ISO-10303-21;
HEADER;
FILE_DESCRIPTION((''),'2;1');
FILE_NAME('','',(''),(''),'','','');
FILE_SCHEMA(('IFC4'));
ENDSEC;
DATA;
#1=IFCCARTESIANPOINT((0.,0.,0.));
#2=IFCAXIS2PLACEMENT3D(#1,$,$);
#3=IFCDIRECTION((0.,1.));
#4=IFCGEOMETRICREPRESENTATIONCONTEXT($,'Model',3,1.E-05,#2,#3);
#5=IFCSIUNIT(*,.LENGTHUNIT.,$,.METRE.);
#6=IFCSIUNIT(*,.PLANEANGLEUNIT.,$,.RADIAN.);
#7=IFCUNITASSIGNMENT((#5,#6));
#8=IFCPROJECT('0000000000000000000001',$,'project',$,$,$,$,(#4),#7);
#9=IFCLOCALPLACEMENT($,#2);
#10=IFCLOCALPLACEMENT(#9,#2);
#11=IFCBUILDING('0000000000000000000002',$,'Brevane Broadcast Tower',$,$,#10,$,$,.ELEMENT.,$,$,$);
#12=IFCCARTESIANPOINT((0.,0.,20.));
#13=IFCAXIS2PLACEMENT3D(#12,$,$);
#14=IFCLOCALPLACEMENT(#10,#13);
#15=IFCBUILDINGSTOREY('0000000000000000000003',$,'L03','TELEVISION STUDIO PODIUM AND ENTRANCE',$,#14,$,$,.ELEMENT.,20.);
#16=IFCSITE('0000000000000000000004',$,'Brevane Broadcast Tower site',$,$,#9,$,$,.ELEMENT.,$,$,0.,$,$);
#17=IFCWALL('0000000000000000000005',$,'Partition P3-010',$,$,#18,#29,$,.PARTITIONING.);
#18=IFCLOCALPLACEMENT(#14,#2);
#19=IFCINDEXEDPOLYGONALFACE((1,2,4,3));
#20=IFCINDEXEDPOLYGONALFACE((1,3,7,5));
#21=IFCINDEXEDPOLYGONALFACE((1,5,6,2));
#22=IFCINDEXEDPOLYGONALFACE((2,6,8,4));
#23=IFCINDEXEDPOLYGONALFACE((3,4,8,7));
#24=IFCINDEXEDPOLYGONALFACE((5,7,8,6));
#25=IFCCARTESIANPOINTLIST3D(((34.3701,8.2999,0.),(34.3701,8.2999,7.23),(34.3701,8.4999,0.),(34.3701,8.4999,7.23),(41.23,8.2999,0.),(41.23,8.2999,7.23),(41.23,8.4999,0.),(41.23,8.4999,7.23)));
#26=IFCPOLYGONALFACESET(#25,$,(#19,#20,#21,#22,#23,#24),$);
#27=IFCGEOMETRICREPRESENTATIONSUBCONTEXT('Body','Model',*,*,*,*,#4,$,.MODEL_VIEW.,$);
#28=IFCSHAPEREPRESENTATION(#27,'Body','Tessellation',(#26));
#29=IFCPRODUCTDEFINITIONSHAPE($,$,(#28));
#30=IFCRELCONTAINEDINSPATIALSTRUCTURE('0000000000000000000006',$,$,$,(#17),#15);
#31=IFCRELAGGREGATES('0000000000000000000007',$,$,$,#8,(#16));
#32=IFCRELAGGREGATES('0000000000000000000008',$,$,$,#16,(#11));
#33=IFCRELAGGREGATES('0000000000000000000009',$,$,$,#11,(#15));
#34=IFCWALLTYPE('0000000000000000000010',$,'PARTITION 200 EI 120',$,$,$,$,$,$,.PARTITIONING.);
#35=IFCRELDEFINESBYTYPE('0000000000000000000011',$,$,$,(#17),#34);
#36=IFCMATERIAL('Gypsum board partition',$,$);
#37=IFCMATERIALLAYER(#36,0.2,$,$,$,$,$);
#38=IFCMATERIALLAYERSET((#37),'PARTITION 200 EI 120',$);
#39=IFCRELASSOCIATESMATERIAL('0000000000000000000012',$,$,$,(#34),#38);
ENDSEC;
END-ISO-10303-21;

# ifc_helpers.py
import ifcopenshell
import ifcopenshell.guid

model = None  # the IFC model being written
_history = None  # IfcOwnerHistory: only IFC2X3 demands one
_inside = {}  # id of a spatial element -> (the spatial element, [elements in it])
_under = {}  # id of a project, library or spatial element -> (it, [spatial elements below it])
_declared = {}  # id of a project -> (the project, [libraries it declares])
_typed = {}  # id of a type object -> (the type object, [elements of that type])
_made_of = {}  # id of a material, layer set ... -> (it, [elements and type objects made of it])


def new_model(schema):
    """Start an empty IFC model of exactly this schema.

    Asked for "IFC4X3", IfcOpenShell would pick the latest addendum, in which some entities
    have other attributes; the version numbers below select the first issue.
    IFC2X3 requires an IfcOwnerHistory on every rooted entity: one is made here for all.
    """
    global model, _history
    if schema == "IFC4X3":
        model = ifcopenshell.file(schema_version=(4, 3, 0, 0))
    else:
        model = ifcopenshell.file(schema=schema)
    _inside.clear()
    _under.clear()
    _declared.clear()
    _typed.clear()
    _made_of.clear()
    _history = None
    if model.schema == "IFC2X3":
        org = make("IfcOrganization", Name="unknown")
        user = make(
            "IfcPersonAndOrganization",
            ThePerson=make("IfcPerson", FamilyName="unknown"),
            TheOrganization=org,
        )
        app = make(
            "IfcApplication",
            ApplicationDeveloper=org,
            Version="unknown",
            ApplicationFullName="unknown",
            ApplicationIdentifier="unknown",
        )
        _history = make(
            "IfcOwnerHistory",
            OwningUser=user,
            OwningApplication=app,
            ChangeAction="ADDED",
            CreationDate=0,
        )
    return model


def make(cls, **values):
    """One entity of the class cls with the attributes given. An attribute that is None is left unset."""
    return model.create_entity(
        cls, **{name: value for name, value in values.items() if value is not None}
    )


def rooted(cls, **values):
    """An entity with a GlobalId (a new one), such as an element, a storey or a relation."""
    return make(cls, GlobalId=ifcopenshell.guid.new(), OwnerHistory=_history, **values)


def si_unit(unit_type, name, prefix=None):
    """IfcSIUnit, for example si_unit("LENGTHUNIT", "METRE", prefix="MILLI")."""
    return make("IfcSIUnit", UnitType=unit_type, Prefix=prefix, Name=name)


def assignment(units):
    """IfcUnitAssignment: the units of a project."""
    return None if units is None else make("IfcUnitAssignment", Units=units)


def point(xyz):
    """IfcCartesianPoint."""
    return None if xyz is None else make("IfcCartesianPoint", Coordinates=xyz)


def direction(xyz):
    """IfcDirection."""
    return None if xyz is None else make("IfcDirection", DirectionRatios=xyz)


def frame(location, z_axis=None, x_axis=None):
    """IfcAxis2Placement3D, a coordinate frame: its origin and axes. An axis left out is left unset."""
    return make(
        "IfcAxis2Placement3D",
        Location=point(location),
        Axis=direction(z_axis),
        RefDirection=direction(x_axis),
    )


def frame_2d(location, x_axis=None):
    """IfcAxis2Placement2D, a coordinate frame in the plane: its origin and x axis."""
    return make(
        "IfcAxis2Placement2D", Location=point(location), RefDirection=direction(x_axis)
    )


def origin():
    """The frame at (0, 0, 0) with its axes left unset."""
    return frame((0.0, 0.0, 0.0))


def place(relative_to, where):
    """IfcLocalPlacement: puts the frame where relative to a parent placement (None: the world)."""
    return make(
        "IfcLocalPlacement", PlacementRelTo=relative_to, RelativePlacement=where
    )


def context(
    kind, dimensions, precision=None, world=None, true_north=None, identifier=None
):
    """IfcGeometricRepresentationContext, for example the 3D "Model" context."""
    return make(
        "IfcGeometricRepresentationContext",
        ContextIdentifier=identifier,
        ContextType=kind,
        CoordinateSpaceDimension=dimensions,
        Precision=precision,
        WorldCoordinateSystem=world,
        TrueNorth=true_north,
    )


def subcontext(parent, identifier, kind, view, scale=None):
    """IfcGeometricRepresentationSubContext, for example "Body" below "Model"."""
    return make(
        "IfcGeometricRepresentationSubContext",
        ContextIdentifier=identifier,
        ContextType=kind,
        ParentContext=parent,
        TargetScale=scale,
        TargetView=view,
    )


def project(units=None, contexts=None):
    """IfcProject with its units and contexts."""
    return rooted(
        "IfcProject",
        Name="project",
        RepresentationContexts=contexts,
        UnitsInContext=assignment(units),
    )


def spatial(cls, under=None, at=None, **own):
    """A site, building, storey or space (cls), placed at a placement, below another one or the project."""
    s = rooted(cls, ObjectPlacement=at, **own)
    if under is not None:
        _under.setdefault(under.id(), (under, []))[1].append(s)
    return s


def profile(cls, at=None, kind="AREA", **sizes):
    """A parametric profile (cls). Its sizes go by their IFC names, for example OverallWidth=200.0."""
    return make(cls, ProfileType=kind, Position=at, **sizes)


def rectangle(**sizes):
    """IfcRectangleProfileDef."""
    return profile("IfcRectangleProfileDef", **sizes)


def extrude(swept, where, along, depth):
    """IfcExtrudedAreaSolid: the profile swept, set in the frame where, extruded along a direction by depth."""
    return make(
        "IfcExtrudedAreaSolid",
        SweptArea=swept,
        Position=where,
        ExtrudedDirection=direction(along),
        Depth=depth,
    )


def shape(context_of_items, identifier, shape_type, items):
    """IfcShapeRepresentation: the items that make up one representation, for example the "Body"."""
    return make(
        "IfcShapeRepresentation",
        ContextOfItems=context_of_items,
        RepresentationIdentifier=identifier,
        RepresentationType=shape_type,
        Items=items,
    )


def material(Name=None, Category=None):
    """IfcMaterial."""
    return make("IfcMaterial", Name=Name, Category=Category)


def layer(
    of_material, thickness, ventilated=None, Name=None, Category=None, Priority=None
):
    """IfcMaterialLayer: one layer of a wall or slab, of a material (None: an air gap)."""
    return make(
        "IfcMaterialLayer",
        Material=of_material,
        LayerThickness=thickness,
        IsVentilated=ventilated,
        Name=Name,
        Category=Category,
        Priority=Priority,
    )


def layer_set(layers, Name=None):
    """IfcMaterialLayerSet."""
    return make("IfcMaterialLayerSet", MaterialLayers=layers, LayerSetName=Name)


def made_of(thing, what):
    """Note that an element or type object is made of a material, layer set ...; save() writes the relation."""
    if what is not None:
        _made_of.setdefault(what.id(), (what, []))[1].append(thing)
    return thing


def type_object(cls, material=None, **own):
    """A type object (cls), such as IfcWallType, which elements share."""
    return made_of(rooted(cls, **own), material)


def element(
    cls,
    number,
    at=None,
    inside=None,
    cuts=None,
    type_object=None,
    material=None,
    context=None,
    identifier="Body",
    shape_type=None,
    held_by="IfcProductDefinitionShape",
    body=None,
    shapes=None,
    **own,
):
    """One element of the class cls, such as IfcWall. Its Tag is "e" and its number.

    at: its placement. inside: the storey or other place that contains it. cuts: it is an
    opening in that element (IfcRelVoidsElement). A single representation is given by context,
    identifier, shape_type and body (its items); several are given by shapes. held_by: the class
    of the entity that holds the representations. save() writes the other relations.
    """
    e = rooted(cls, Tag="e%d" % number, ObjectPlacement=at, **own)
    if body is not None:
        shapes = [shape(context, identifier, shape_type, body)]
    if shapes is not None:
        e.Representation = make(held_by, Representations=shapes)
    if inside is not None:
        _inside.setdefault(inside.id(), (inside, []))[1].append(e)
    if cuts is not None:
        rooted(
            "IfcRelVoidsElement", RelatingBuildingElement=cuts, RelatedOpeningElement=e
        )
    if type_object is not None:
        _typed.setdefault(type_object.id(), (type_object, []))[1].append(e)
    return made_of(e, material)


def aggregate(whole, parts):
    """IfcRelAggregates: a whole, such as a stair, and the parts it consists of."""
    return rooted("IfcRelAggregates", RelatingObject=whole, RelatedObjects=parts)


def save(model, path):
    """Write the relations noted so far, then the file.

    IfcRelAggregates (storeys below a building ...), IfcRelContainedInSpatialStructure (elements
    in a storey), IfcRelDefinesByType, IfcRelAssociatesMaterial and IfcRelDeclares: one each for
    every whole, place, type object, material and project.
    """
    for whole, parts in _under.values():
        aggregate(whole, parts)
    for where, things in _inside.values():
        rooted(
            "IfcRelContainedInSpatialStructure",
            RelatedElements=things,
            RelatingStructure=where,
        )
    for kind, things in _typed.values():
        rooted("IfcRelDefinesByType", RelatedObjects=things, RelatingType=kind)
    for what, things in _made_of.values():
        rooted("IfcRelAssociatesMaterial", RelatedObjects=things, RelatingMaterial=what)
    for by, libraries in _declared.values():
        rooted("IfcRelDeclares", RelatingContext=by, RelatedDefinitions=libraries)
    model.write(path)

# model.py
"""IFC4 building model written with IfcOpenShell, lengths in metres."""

from ifc_helpers import new_model, si_unit, direction, frame, frame_2d, origin, place, context, subcontext, project, spatial, rectangle, extrude, material, layer, layer_set, type_object, element, save


model = new_model("IFC4")

# Units and contexts
model_context = context("Model", 3, precision=1e-05, world=origin(), true_north=direction((0.0, 1.0)))
body_context = subcontext(model_context, "Body", "Model", "MODEL_VIEW")
ifc_project = project(units=[si_unit("LENGTHUNIT", "METRE"), si_unit("PLANEANGLEUNIT", "RADIAN")], contexts=[model_context])

# Site, building, storey
site_placement = place(None, origin())
site = spatial("IfcSite", under=ifc_project, at=site_placement, Name="Brevane Broadcast Tower site", CompositionType="ELEMENT", RefElevation=0.0)
building_placement = place(site_placement, origin())
building = spatial("IfcBuilding", under=site, at=building_placement, Name="Brevane Broadcast Tower", CompositionType="ELEMENT")
storey_placement = place(building_placement, frame((0.0, 0.0, 20.0)))
storey = spatial("IfcBuildingStorey", under=building, at=storey_placement, Name="L03", Description="TELEVISION STUDIO PODIUM AND ENTRANCE", CompositionType="ELEMENT", Elevation=20.0)

# Wall
ifc_material_1 = material(Name="Gypsum board partition")
ifc_layer = layer(ifc_material_1, 0.2)
ifc_layer_set = layer_set([ifc_layer], Name="PARTITION 200 EI 120")
wall_type = type_object("IfcWallType", Name="PARTITION 200 EI 120", PredefinedType="PARTITIONING", material=ifc_layer_set)
wall_placement = place(storey_placement, frame((41.23, 8.3999, 0.0), z_axis=(0.0, 0.0, 1.0), x_axis=(-1.0, 0.0, 0.0)))
element("IfcWall", 1, at=wall_placement, inside=storey, type_object=wall_type, Name="Partition P3-010", PredefinedType="PARTITIONING", context=body_context, shape_type="SweptSolid", body=[
    extrude(rectangle(XDim=6.8599, YDim=0.2, at=frame_2d((3.4299, 0.0))), origin(), (0.0, 0.0, 1.0), 7.23),
])

save(model, "model.ifc")
